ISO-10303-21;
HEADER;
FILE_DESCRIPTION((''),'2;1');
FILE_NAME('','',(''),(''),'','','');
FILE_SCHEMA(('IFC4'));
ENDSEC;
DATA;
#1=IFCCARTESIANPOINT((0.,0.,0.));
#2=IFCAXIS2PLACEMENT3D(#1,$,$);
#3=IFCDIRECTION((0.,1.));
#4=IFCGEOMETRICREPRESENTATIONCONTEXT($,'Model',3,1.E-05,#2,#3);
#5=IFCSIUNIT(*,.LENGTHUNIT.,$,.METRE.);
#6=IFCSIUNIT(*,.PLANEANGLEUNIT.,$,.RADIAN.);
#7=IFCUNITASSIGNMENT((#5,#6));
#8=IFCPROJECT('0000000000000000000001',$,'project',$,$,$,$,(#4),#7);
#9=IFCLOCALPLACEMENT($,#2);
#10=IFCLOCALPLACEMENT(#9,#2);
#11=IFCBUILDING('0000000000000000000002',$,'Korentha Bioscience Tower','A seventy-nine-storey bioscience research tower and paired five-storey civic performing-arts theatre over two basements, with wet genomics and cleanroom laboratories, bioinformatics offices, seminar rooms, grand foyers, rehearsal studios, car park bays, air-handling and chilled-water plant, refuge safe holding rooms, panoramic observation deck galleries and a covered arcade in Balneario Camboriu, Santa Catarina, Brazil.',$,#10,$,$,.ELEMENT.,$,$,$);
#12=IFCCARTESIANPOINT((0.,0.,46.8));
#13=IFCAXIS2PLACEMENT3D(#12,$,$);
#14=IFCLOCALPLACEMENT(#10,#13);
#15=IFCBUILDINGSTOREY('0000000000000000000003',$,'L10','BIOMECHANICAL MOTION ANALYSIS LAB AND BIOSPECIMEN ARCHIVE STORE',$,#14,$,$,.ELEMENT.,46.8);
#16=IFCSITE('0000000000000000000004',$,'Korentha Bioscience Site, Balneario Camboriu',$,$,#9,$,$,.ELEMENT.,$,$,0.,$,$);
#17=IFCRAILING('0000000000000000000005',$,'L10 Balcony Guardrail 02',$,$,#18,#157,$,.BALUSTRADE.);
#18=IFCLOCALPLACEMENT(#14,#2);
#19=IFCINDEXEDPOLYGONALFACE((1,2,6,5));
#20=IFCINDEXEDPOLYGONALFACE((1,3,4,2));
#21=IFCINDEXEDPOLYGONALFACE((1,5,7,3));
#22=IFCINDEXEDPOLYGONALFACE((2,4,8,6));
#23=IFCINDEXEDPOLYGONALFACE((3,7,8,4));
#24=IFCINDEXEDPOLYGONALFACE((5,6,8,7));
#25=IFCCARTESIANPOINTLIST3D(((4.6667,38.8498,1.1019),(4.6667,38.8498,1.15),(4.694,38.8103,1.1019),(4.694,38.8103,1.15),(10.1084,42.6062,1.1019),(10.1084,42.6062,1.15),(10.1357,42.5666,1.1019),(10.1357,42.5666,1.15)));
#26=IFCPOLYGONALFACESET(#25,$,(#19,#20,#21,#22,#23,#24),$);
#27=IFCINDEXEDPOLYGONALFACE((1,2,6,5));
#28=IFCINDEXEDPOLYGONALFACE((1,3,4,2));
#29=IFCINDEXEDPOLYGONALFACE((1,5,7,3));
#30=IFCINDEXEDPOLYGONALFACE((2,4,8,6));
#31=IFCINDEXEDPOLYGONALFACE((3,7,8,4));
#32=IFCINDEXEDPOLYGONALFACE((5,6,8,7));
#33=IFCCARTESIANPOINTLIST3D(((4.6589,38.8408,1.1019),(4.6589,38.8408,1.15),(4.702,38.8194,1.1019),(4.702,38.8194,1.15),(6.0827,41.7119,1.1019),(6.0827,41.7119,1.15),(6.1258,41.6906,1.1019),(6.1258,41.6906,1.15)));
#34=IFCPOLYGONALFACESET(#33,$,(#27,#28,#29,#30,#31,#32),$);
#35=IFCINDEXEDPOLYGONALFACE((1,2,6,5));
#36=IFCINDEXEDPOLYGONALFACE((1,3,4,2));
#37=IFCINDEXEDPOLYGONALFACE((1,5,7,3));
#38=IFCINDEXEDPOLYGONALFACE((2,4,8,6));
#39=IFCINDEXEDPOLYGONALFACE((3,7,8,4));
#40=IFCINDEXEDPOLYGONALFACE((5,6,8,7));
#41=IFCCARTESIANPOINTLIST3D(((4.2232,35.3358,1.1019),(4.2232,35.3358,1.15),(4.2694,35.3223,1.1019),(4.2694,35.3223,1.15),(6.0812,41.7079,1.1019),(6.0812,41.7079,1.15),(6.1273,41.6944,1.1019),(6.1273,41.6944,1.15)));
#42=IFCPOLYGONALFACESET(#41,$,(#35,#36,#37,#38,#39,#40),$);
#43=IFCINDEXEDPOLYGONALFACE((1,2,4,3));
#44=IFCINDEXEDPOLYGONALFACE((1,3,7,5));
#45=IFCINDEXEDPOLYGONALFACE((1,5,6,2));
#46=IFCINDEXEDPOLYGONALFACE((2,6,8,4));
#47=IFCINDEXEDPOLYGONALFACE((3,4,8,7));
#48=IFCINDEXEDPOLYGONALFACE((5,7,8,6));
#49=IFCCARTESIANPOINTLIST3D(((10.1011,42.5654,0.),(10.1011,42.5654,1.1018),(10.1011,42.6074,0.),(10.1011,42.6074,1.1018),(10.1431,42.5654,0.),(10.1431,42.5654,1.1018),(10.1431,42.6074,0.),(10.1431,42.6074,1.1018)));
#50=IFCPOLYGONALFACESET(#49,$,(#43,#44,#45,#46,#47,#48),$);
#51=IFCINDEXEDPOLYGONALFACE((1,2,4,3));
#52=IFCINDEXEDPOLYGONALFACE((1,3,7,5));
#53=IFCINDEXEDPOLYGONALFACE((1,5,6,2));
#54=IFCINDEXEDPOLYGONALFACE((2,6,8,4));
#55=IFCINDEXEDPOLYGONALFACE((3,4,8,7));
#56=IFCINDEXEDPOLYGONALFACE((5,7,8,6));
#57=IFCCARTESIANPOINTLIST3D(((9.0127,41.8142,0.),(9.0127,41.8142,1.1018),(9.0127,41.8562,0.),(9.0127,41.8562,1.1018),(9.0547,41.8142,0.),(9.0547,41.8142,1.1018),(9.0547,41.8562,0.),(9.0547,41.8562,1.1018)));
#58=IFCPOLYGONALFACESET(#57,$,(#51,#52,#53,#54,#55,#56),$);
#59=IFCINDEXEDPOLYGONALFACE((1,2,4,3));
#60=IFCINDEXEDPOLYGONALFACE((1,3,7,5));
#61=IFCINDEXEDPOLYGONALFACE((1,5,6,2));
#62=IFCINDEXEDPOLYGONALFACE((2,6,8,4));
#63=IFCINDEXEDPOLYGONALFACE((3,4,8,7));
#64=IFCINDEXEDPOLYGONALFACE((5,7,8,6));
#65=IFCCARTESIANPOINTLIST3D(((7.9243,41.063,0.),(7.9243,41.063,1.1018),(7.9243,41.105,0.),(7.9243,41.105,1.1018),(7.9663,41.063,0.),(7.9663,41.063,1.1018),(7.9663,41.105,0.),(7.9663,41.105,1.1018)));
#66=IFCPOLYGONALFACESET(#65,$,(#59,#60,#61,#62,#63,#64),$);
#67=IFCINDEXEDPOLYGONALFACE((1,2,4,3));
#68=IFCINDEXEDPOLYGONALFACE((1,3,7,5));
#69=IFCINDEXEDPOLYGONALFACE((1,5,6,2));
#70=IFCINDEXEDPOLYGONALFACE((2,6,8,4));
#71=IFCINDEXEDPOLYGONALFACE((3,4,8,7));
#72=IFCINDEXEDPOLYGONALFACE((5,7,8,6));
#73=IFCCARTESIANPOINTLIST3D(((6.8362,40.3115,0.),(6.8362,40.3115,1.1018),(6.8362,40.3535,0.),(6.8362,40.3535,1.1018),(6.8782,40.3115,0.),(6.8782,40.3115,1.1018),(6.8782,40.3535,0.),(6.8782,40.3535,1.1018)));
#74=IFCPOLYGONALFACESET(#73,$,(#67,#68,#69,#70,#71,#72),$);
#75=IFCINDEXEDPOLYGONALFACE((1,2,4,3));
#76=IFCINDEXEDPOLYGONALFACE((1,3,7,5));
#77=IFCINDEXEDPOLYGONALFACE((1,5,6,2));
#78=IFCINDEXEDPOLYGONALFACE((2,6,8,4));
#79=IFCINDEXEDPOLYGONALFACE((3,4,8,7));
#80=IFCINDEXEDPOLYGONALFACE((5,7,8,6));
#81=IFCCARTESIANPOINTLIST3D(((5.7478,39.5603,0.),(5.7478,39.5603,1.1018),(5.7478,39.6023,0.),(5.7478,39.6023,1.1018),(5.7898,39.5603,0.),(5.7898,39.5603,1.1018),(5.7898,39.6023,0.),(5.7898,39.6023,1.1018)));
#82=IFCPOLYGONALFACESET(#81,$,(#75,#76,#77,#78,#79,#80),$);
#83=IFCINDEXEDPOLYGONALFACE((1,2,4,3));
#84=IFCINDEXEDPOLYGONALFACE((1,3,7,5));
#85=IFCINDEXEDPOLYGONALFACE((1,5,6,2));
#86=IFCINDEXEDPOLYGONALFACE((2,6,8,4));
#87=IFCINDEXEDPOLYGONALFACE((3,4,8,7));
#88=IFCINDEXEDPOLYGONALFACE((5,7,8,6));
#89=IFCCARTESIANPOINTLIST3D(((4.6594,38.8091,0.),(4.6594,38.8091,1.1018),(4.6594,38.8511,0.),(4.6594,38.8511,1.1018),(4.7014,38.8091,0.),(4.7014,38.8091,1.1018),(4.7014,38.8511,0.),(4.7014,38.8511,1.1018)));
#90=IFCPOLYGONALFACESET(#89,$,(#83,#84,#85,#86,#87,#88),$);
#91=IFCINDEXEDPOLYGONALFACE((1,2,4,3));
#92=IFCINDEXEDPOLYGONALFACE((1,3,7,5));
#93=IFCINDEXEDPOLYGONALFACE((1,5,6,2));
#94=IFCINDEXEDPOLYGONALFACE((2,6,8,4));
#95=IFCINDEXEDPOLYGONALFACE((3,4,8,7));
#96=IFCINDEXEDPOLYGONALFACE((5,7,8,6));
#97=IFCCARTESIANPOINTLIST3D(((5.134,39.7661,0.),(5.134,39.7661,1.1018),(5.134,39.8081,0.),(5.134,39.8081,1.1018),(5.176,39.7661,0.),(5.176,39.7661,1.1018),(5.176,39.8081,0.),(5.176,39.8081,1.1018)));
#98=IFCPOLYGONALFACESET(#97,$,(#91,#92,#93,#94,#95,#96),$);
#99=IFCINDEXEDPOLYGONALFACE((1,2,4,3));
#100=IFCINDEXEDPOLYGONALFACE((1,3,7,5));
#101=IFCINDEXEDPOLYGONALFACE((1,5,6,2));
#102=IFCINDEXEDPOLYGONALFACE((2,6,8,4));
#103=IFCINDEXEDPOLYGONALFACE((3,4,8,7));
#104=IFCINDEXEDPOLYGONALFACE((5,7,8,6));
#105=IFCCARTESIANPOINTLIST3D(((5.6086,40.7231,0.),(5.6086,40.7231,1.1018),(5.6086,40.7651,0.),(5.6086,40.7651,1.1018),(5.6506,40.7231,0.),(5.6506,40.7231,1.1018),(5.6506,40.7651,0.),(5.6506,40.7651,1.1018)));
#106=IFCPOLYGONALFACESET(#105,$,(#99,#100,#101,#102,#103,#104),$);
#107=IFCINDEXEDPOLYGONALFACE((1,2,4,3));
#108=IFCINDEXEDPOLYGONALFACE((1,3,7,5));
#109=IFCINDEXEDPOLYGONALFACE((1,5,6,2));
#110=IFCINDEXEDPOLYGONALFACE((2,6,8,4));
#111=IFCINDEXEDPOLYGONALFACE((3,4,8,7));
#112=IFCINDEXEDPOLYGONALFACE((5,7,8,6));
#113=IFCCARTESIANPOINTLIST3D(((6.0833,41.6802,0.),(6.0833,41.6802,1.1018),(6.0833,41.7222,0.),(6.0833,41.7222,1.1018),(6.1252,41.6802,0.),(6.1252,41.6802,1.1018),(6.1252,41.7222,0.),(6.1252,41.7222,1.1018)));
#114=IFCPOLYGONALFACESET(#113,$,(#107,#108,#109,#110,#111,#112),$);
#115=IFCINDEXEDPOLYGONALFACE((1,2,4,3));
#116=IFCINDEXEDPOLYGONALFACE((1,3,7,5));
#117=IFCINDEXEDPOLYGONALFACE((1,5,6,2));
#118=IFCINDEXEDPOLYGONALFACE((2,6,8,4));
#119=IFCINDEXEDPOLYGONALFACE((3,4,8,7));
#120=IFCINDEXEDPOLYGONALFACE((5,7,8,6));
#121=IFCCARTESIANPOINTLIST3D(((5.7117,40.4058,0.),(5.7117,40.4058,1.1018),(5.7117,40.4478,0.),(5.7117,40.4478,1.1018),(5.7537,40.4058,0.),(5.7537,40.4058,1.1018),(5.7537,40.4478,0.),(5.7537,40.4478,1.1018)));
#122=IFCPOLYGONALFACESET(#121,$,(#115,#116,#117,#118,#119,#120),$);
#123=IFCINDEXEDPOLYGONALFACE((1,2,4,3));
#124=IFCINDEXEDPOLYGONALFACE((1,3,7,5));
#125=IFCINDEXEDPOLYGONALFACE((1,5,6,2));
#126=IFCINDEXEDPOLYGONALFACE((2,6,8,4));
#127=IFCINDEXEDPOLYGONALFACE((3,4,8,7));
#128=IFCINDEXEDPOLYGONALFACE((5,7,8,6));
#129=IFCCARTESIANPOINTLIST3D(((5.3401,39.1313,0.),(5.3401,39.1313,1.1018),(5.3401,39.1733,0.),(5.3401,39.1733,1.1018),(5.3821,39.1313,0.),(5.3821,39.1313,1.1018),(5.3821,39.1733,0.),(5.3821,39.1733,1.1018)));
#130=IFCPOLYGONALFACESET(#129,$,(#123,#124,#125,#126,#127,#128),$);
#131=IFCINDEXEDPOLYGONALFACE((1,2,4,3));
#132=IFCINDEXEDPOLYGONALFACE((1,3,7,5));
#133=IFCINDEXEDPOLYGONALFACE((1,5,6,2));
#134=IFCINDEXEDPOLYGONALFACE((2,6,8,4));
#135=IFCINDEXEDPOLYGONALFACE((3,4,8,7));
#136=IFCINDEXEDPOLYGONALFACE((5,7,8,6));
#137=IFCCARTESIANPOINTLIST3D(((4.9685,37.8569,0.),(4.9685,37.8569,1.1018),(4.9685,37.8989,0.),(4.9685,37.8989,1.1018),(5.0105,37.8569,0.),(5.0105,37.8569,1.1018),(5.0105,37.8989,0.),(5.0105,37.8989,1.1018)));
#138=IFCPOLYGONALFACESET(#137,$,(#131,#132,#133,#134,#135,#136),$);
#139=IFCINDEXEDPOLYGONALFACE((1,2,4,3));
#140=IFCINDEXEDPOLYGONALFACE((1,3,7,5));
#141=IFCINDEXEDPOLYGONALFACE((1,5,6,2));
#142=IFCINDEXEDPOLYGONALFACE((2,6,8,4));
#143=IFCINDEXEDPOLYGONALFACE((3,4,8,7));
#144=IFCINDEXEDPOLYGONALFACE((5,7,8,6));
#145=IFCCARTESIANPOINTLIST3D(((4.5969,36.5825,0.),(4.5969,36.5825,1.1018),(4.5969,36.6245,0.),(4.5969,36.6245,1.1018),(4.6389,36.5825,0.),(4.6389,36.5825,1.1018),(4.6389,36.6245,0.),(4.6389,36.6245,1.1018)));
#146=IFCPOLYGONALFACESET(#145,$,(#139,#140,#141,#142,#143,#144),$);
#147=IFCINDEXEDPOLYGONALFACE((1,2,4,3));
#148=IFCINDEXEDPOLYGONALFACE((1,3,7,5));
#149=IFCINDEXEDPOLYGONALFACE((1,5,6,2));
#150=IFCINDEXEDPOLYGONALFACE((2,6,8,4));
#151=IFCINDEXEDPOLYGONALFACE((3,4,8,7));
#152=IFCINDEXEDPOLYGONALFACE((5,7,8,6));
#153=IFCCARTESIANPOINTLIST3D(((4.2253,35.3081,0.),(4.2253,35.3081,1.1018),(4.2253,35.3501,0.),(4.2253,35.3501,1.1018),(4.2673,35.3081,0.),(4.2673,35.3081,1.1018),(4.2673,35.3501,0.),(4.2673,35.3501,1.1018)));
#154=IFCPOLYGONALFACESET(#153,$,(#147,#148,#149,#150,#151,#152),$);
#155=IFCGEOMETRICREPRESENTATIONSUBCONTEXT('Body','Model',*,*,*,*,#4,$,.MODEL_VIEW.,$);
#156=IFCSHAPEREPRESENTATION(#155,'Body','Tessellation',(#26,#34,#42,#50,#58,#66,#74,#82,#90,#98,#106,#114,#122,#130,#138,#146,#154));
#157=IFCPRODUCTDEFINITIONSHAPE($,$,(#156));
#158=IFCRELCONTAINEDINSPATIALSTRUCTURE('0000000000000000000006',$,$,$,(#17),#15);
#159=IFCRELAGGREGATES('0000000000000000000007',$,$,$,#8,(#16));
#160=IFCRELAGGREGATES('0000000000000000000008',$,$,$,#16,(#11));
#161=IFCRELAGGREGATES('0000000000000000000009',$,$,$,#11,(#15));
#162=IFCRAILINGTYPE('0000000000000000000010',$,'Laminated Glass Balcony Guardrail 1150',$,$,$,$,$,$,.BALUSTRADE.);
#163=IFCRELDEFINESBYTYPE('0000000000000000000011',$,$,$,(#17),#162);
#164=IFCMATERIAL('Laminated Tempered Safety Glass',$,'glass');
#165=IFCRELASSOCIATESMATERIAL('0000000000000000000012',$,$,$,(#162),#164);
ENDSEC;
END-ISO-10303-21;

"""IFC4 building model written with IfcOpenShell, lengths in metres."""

from ifc_helpers import new_model, si_unit, direction, frame, origin, origin_2d, place, context, subcontext, project, spatial, rectangle, extrude, material, type_object, element, save


model = new_model("IFC4")

# Units and contexts
model_context = context("Model", 3, precision=1e-05, world=origin(), true_north=direction((0.0, 1.0)))
body_context = subcontext(model_context, "Body", "Model", "MODEL_VIEW")
ifc_project = project(units=[si_unit("LENGTHUNIT", "METRE"), si_unit("PLANEANGLEUNIT", "RADIAN")], contexts=[model_context])

# Site, building, storey
site_placement = place(None, origin())
site = spatial("IfcSite", under=ifc_project, at=site_placement, Name="Korentha Bioscience Site, Balneario Camboriu", CompositionType="ELEMENT", RefElevation=0.0)
building_placement = place(site_placement, origin())
building = spatial("IfcBuilding", under=site, at=building_placement, Name="Korentha Bioscience Tower", Description="A seventy-nine-storey bioscience research tower and paired five-storey civic performing-arts theatre over two basements, with wet genomics and cleanroom laboratories, bioinformatics offices, seminar rooms, grand foyers, rehearsal studios, car park bays, air-handling and chilled-water plant, refuge safe holding rooms, panoramic observation deck galleries and a covered arcade in Balneario Camboriu, Santa Catarina, Brazil.", CompositionType="ELEMENT")
storey_placement = place(building_placement, frame((0.0, 0.0, 46.8)))
storey = spatial("IfcBuildingStorey", under=building, at=storey_placement, Name="L10", Description="BIOMECHANICAL MOTION ANALYSIS LAB AND BIOSPECIMEN ARCHIVE STORE", CompositionType="ELEMENT", Elevation=46.8)

# Railing
ifc_material_1 = material(Name="Laminated Tempered Safety Glass", Category="glass")
railing_type = type_object("IfcRailingType", Name="Laminated Glass Balcony Guardrail 1150", PredefinedType="BALUSTRADE", material=ifc_material_1)
railing_placement = place(storey_placement, frame((10.1221, 42.5864, 0.0)))
element("IfcRailing", 1, at=railing_placement, inside=storey, type_object=railing_type, Name="L10 Balcony Guardrail 02", PredefinedType="BALUSTRADE", context=body_context, shape_type="SweptSolid", body=[
    extrude(rectangle(XDim=0.0481, YDim=0.0481, at=origin_2d()), frame((0.0, 0.0, 1.126), z_axis=(-0.822966, -0.56809, 0.0), x_axis=(0.56809, -0.822966, 0.0)), (0.0, 0.0, 1.0), 6.6123),
    extrude(rectangle(XDim=0.0481, YDim=0.0481, at=origin_2d()), frame((-5.4417, -3.7563, 1.126), z_axis=(0.444286, 0.895885, 0.0), x_axis=(-0.895885, 0.444286, 0.0)), (0.0, 0.0, 1.0), 3.2048),
    extrude(rectangle(XDim=0.0481, YDim=0.0481, at=origin_2d()), frame((-4.0178, -0.8853, 1.126), z_axis=(-0.279915, -0.960025, 0.0), x_axis=(0.960025, -0.279915, 0.0)), (0.0, 0.0, 1.0), 6.6375),
    extrude(rectangle(XDim=0.042, YDim=0.042, at=origin_2d()), origin(), (0.0, 0.0, 1.0), 1.1018),
    extrude(rectangle(XDim=0.042, YDim=0.042, at=origin_2d()), frame((-1.0884, -0.7512, 0.0)), (0.0, 0.0, 1.0), 1.1018),
    extrude(rectangle(XDim=0.042, YDim=0.042, at=origin_2d()), frame((-2.1768, -1.5024, 0.0)), (0.0, 0.0, 1.0), 1.1018),
    extrude(rectangle(XDim=0.042, YDim=0.042, at=origin_2d()), frame((-3.2649, -2.2539, 0.0)), (0.0, 0.0, 1.0), 1.1018),
    extrude(rectangle(XDim=0.042, YDim=0.042, at=origin_2d()), frame((-4.3533, -3.0051, 0.0)), (0.0, 0.0, 1.0), 1.1018),
    extrude(rectangle(XDim=0.042, YDim=0.042, at=origin_2d()), frame((-5.4417, -3.7563, 0.0)), (0.0, 0.0, 1.0), 1.1018),
    extrude(rectangle(XDim=0.042, YDim=0.042, at=origin_2d()), frame((-4.967, -2.7993, 0.0)), (0.0, 0.0, 1.0), 1.1018),
    extrude(rectangle(XDim=0.042, YDim=0.042, at=origin_2d()), frame((-4.4924, -1.8423, 0.0)), (0.0, 0.0, 1.0), 1.1018),
    extrude(rectangle(XDim=0.042, YDim=0.042, at=origin_2d()), frame((-4.0178, -0.8853, 0.0)), (0.0, 0.0, 1.0), 1.1018),
    extrude(rectangle(XDim=0.042, YDim=0.042, at=origin_2d()), frame((-4.3894, -2.1597, 0.0)), (0.0, 0.0, 1.0), 1.1018),
    extrude(rectangle(XDim=0.042, YDim=0.042, at=origin_2d()), frame((-4.761, -3.4341, 0.0)), (0.0, 0.0, 1.0), 1.1018),
    extrude(rectangle(XDim=0.042, YDim=0.042, at=origin_2d()), frame((-5.1326, -4.7085, 0.0)), (0.0, 0.0, 1.0), 1.1018),
    extrude(rectangle(XDim=0.042, YDim=0.042, at=origin_2d()), frame((-5.5042, -5.9829, 0.0)), (0.0, 0.0, 1.0), 1.1018),
    extrude(rectangle(XDim=0.042, YDim=0.042, at=origin_2d()), frame((-5.8757, -7.2573, 0.0)), (0.0, 0.0, 1.0), 1.1018),
])

save(model, "model.ifc")
